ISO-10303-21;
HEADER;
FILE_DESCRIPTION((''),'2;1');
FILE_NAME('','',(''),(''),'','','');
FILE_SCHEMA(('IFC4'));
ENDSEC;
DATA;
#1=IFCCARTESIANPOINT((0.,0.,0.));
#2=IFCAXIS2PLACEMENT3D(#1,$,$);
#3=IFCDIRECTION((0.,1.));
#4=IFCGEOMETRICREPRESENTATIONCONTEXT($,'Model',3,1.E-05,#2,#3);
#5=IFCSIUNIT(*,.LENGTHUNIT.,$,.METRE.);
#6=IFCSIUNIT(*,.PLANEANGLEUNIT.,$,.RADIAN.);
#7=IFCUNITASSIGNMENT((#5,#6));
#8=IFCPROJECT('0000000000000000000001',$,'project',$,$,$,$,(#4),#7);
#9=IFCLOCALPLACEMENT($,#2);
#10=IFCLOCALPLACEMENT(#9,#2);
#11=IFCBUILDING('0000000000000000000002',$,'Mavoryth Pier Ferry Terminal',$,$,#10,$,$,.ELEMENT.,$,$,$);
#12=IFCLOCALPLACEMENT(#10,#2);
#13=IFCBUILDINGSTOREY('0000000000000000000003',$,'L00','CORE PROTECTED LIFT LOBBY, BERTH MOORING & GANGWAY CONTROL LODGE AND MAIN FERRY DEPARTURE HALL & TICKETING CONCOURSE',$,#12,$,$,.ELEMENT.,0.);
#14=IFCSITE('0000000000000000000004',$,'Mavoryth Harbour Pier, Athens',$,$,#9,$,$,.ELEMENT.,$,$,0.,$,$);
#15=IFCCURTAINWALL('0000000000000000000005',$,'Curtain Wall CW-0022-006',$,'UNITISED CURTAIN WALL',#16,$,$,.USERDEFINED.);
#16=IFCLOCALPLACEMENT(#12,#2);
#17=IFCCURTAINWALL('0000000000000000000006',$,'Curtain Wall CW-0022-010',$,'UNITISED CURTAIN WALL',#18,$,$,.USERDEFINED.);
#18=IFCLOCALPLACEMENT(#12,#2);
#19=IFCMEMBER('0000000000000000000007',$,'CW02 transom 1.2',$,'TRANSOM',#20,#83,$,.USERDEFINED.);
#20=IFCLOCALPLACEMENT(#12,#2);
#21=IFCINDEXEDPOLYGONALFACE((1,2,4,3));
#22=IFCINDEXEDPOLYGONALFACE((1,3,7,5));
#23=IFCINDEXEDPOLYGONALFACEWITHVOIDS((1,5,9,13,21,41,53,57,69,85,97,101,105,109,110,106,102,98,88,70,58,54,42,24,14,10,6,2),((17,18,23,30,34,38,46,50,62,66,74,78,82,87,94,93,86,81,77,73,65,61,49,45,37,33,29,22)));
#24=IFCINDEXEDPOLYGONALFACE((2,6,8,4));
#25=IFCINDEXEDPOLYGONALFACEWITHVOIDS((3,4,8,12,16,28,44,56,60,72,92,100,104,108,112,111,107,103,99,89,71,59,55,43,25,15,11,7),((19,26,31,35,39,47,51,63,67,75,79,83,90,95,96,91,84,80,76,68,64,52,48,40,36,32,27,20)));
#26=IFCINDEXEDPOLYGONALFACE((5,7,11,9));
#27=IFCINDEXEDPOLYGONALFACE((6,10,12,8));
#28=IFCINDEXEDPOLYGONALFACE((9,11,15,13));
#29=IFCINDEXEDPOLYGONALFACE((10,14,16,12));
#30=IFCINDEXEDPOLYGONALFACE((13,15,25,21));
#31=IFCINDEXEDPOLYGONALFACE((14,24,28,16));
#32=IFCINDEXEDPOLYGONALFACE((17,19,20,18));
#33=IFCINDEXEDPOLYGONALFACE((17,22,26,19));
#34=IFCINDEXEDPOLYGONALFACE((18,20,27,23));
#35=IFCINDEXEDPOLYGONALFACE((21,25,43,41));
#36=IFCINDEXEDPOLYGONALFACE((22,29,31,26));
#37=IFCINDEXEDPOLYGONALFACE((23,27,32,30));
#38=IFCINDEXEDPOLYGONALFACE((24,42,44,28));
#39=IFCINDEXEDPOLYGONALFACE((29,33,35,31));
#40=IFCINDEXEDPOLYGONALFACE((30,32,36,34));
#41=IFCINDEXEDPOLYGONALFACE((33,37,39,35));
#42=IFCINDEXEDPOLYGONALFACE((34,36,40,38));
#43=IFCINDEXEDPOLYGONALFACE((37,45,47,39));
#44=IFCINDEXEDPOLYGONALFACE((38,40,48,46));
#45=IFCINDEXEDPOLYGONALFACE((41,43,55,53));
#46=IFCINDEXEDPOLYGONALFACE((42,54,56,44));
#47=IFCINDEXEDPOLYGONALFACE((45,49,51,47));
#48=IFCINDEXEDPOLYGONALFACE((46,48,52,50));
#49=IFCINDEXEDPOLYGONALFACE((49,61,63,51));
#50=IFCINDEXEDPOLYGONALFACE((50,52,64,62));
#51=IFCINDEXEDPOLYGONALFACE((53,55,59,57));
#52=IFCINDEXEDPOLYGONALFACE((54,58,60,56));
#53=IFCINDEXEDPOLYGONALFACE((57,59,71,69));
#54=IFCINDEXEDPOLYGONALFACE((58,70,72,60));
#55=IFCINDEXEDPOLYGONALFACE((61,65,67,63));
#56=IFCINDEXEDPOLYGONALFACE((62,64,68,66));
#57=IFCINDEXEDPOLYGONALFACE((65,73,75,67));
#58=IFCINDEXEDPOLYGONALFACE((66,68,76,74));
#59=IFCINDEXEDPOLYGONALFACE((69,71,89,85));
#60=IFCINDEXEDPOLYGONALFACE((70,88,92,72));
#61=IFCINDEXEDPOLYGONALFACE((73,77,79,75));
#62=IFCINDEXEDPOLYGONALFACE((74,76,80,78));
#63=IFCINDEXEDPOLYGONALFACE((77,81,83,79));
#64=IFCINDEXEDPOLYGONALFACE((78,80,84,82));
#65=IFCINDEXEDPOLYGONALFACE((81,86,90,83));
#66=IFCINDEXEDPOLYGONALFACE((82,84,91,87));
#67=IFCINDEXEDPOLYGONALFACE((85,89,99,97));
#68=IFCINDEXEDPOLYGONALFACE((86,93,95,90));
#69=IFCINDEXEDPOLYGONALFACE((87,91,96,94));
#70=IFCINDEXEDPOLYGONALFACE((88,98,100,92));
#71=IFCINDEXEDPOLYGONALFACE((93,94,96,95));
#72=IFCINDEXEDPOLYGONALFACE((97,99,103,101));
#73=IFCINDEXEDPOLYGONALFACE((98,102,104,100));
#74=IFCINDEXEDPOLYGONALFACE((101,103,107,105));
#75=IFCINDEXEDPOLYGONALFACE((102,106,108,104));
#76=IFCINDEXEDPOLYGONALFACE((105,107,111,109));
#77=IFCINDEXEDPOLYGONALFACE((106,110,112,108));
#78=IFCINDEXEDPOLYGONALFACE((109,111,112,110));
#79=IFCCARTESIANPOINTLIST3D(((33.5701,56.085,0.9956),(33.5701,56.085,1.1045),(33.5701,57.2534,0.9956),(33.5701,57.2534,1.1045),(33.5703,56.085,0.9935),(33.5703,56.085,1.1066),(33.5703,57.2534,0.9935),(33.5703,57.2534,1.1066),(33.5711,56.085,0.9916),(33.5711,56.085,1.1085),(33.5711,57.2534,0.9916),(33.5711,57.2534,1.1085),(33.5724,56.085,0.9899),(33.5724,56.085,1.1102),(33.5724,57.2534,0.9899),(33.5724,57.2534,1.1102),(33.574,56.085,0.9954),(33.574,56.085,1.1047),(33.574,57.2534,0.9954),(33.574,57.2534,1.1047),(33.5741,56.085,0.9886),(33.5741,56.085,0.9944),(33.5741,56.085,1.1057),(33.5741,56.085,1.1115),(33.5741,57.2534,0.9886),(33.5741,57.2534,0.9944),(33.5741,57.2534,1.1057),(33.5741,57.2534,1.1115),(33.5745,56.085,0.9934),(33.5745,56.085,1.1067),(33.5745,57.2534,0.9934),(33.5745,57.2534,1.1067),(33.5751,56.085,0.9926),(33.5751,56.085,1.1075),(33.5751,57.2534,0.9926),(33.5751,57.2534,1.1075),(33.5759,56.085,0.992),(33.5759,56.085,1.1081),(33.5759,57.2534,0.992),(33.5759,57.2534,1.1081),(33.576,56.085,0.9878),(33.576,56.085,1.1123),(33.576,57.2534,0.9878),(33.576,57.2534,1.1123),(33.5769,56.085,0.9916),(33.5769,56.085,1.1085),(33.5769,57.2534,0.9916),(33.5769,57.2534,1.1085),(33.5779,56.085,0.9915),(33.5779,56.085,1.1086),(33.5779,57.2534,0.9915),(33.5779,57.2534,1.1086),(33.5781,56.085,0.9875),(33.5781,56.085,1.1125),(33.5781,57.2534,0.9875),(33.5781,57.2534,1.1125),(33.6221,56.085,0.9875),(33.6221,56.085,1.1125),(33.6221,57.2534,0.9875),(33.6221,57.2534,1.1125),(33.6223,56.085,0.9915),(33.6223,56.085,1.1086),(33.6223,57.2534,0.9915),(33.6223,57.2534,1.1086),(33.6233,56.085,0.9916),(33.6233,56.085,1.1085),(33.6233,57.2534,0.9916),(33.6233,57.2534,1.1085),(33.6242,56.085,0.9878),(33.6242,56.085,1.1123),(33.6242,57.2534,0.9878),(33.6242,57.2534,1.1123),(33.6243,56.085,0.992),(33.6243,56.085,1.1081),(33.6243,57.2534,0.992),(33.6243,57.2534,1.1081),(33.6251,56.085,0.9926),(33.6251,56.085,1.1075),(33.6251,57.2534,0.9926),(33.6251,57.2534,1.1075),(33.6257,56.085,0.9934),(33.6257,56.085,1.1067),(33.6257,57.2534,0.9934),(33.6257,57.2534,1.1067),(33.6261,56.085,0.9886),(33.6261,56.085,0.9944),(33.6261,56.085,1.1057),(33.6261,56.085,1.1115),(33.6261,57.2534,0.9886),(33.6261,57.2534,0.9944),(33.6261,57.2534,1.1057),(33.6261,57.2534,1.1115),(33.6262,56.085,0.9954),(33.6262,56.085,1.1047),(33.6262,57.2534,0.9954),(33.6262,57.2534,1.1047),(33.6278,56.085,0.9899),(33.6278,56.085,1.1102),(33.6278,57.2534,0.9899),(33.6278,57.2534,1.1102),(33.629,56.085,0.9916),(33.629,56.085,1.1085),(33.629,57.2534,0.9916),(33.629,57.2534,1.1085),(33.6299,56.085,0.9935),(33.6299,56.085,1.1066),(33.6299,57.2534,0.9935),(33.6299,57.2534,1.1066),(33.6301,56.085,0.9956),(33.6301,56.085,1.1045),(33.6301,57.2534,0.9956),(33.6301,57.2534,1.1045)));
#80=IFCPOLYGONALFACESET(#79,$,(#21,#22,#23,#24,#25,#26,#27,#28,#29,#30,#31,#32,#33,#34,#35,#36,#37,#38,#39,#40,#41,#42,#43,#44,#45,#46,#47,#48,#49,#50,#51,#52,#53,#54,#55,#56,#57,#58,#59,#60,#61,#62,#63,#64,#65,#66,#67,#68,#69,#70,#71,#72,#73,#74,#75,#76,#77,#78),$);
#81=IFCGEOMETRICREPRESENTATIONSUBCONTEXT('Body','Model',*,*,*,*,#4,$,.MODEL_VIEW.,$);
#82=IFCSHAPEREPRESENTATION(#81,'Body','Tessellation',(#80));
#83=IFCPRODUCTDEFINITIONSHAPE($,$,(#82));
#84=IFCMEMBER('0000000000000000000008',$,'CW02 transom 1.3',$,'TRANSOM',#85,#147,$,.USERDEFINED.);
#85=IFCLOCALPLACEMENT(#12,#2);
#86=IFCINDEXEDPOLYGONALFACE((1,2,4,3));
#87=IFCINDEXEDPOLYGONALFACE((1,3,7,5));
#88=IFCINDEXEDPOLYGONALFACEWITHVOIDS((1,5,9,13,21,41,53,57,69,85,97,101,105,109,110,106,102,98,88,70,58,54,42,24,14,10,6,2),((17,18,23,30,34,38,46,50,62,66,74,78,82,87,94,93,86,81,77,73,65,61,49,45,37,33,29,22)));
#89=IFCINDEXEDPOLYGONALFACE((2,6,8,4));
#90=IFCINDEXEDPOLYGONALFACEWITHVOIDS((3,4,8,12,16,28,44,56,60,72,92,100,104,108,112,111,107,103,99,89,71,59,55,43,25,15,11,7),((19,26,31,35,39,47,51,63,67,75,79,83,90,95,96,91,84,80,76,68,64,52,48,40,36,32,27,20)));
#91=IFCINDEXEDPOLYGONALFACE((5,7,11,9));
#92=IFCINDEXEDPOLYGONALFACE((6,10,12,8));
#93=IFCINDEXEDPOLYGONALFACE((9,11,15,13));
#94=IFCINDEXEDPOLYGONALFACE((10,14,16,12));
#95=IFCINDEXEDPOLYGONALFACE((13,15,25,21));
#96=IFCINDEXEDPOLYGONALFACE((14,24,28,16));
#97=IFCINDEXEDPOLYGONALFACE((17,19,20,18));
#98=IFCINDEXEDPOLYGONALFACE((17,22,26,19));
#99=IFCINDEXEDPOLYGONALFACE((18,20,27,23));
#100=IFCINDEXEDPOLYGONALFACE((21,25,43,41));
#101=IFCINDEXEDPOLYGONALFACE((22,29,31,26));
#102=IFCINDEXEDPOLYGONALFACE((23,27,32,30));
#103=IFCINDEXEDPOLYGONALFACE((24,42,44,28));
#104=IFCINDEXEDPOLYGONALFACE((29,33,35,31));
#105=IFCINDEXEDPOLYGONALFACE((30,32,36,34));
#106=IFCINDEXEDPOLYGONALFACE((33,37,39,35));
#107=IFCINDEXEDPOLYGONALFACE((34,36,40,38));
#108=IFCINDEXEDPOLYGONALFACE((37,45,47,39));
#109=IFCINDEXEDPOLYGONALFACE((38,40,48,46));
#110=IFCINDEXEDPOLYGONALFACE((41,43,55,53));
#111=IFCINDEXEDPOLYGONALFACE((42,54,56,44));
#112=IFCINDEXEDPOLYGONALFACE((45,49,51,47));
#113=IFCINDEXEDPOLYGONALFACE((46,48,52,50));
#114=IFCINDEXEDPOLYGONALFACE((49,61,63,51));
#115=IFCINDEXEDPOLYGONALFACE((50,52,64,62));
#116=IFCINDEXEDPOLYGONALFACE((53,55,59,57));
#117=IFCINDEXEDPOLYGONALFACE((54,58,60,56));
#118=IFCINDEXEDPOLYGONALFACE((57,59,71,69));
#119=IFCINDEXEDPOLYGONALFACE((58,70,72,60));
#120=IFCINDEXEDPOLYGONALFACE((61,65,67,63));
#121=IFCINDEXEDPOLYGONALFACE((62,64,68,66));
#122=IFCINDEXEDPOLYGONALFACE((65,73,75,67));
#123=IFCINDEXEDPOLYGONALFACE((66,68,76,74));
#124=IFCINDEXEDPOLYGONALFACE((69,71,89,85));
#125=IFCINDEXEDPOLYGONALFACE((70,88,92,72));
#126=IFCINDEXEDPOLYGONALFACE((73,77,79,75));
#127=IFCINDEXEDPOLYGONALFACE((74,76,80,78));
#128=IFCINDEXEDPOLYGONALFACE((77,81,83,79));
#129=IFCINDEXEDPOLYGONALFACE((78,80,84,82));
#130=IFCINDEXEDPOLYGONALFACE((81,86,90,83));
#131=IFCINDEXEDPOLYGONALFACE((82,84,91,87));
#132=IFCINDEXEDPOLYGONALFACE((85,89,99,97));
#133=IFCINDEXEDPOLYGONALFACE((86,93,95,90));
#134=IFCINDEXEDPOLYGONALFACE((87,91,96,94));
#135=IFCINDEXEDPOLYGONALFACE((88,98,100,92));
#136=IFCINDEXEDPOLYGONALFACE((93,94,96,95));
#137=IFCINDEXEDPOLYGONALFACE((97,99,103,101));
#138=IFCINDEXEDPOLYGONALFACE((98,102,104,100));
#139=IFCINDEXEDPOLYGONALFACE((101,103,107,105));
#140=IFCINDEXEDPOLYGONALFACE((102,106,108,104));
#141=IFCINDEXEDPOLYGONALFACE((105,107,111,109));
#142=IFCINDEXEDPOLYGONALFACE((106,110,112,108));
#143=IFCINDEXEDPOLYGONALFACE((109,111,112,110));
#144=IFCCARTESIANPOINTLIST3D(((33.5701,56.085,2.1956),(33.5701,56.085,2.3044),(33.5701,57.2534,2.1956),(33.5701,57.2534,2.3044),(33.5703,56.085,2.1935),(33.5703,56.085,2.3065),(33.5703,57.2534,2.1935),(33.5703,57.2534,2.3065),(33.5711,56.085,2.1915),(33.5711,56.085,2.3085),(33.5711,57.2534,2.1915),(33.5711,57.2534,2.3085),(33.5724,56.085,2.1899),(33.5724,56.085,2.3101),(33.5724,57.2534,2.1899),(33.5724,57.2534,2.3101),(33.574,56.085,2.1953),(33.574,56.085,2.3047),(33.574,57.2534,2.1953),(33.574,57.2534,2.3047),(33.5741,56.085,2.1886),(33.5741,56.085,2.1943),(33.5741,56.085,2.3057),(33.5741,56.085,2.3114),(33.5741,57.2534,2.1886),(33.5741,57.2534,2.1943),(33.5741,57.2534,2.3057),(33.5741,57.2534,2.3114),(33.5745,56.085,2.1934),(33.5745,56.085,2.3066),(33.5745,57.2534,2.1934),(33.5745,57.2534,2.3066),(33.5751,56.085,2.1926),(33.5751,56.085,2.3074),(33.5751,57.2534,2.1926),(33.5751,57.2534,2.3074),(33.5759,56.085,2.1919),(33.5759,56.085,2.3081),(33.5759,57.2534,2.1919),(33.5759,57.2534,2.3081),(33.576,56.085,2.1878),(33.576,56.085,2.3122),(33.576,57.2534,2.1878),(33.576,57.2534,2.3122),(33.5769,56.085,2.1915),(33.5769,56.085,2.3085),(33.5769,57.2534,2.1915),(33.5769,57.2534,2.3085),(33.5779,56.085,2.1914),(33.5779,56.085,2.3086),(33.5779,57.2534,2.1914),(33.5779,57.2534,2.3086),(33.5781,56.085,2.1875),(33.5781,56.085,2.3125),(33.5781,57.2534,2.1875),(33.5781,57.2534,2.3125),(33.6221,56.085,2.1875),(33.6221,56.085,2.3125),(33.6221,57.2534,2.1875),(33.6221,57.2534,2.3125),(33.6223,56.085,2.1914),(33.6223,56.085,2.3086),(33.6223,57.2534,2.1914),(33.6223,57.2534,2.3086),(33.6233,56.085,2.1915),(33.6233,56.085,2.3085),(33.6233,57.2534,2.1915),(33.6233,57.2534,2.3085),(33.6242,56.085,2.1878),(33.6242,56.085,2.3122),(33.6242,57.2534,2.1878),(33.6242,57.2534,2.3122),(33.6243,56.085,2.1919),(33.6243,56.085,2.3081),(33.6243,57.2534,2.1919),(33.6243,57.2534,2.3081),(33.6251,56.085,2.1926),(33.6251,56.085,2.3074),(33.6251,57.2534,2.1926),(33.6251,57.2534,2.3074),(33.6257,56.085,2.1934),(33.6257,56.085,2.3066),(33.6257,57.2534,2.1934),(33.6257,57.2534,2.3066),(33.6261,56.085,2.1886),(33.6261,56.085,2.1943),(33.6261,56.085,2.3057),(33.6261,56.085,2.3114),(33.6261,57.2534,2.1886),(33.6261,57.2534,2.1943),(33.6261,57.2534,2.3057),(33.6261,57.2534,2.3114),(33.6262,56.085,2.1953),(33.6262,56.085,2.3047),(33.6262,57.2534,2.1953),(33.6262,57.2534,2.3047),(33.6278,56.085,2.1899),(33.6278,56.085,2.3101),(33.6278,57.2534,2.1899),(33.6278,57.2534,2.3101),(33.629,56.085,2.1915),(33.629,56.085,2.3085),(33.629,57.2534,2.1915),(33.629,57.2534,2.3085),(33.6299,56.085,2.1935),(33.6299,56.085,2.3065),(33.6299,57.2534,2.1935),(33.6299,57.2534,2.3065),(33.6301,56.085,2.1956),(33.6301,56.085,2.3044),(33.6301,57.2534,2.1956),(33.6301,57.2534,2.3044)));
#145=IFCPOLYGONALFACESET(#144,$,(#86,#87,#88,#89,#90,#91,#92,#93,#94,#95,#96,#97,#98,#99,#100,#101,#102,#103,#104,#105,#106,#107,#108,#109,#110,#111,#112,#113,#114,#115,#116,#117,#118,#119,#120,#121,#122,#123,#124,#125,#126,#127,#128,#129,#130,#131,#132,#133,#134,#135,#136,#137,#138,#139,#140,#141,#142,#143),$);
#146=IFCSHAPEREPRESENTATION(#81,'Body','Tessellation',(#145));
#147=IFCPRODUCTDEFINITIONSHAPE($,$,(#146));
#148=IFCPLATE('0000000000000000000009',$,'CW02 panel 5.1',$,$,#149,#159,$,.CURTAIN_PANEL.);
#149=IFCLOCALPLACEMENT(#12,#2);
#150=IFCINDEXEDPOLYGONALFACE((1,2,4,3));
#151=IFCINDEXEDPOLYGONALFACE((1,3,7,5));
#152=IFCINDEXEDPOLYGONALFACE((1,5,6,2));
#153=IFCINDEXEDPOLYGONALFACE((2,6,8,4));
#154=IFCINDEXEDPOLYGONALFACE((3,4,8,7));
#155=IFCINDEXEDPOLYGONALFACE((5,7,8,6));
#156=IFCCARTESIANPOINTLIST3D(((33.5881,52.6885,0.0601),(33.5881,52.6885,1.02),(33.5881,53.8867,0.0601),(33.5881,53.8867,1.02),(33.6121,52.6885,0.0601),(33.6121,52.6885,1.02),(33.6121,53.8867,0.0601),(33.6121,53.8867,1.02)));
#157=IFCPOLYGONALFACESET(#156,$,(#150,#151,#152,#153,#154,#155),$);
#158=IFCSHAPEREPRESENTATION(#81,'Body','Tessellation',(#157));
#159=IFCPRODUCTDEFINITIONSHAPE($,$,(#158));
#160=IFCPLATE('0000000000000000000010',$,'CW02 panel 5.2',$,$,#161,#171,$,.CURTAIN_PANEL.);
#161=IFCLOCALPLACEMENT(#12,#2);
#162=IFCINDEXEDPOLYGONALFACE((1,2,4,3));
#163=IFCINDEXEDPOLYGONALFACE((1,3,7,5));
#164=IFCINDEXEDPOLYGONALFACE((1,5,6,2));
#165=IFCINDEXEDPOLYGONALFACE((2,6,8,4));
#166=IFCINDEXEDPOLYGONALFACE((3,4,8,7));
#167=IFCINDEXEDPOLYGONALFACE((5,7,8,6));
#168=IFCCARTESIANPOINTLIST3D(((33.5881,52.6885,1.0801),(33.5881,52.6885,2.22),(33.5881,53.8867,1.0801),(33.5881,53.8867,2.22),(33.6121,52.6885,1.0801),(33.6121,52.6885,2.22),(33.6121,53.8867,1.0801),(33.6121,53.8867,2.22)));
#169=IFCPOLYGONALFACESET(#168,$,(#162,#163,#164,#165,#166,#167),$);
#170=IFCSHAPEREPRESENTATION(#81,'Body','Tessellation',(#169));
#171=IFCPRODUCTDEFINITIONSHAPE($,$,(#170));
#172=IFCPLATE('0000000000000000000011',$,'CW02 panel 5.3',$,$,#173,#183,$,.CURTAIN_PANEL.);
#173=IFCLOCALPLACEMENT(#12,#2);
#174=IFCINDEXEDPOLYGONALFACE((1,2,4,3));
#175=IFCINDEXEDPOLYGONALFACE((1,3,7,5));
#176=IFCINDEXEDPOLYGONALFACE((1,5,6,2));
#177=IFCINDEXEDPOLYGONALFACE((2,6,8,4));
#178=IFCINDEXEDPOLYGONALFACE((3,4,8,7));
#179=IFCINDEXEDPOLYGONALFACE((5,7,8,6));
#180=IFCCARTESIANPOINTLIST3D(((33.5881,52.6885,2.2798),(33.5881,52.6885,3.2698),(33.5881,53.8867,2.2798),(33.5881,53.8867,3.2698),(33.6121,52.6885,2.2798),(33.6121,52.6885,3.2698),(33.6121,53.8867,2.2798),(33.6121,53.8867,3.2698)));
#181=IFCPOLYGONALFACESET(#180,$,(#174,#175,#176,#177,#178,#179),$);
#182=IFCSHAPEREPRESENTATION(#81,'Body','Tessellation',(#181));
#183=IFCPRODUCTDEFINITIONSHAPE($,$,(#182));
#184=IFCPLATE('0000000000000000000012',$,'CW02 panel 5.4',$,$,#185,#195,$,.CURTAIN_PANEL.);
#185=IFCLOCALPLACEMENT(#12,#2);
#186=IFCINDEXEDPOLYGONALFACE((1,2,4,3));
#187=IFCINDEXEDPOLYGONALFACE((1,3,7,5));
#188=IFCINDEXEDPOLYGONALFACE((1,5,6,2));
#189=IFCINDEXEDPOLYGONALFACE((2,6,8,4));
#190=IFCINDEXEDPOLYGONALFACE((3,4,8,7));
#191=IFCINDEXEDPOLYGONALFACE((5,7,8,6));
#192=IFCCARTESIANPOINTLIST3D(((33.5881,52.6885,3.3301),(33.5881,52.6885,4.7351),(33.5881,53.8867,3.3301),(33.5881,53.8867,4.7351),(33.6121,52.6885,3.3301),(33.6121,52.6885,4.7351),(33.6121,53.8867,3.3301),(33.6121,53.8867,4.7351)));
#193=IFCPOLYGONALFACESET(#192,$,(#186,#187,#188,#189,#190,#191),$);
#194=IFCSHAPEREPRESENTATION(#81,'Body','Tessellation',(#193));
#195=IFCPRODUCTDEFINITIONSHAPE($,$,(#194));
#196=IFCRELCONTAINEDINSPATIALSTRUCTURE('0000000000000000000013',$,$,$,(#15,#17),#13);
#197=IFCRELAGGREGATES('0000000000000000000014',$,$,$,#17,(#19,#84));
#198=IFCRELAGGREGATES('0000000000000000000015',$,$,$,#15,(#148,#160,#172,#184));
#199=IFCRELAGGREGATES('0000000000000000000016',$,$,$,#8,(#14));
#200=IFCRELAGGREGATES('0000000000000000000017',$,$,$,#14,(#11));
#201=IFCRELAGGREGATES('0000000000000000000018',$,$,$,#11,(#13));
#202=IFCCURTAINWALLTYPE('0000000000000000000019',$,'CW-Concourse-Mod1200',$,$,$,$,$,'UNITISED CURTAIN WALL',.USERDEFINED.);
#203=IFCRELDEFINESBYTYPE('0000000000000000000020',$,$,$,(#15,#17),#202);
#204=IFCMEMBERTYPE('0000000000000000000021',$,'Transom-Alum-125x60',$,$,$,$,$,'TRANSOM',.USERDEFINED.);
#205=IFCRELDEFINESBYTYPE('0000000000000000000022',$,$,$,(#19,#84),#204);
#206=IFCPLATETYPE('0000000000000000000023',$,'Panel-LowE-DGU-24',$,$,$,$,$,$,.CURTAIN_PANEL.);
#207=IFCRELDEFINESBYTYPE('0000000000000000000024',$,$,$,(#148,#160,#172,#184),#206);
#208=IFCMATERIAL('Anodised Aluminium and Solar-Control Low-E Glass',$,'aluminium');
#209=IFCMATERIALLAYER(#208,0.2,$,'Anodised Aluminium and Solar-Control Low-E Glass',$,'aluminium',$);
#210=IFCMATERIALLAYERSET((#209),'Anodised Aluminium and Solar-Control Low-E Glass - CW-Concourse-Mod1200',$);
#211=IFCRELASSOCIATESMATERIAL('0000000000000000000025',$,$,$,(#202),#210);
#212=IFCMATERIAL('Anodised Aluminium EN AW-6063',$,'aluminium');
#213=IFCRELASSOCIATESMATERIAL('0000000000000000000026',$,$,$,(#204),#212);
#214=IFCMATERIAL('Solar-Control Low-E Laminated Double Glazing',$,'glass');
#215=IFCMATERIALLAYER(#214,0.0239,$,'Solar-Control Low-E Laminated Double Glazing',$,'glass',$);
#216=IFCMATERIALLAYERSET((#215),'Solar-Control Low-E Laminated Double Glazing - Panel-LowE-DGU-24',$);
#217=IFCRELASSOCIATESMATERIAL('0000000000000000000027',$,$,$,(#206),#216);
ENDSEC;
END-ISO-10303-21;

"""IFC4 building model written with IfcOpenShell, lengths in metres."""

from ifc_helpers import new_model, si_unit, direction, frame, origin, origin_2d, place, context, subcontext, project, spatial, rectangle, hollow_rectangle, extrude, material, layer, layer_set, material_profile, profile_set, type_object, element, aggregate, save


model = new_model("IFC4")

# Units and contexts
model_context = context("Model", 3, precision=1e-05, world=origin(), true_north=direction((0.0, 1.0)))
body_context = subcontext(model_context, "Body", "Model", "MODEL_VIEW")
ifc_project = project(units=[si_unit("LENGTHUNIT", "METRE"), si_unit("PLANEANGLEUNIT", "RADIAN")], contexts=[model_context])

# Site, building, storey
site_placement = place(None, origin())
site = spatial("IfcSite", under=ifc_project, at=site_placement, Name="Mavoryth Harbour Pier, Athens", CompositionType="ELEMENT", RefElevation=0.0)
building_placement = place(site_placement, origin())
building = spatial("IfcBuilding", under=site, at=building_placement, Name="Mavoryth Pier Ferry Terminal", CompositionType="ELEMENT")
storey_placement = place(building_placement, origin())
storey = spatial("IfcBuildingStorey", under=building, at=storey_placement, Name="L00", Description="CORE PROTECTED LIFT LOBBY, BERTH MOORING & GANGWAY CONTROL LODGE AND MAIN FERRY DEPARTURE HALL & TICKETING CONCOURSE", CompositionType="ELEMENT", Elevation=0.0)

# Curtain wall
ifc_material_1 = material(Name="Anodised Aluminium and Solar-Control Low-E Glass", Category="aluminium")
ifc_layer_1 = layer(ifc_material_1, 0.2, Name="Anodised Aluminium and Solar-Control Low-E Glass", Category="aluminium")
ifc_layer_set_1 = layer_set([ifc_layer_1], Name="Anodised Aluminium and Solar-Control Low-E Glass - CW-Concourse-Mod1200")
curtain_wall_type = type_object("IfcCurtainWallType", Name="CW-Concourse-Mod1200", ElementType="UNITISED CURTAIN WALL", PredefinedType="USERDEFINED", material=ifc_layer_set_1)
curtain_wall_1_placement = place(storey_placement, origin())
curtain_wall_1 = element("IfcCurtainWall", 1, at=curtain_wall_1_placement, inside=storey, type_object=curtain_wall_type, Name="Curtain Wall CW-0022-006", ObjectType="UNITISED CURTAIN WALL", PredefinedType="USERDEFINED")
ifc_material_2 = material(Name="Anodised Aluminium EN AW-6063", Category="aluminium")

# Curtain wall
curtain_wall_2_placement = place(storey_placement, origin())
curtain_wall_2 = element("IfcCurtainWall", 2, at=curtain_wall_2_placement, inside=storey, type_object=curtain_wall_type, Name="Curtain Wall CW-0022-010", ObjectType="UNITISED CURTAIN WALL", PredefinedType="USERDEFINED")

# Members
ifc_material_profile_1 = material_profile(ifc_material_2, hollow_rectangle(XDim=0.0601, YDim=0.125, WallThickness=0.0039, InnerFilletRadius=0.0039, OuterFilletRadius=0.0081, at=origin_2d()), Name="AL-TRAN 125x60x4", Category="aluminium")
ifc_profile_set_1 = profile_set([ifc_material_profile_1], Name="Anodised Aluminium EN AW-6063 - AL-TRAN 125x60x4")
member_type_1 = type_object("IfcMemberType", Name="Transom-Alum-125x60", ElementType="TRANSOM", PredefinedType="USERDEFINED", material=ifc_profile_set_1)
member_1_placement = place(storey_placement, frame((33.6001, 56.085, 1.05), z_axis=(0.0, 1.0, 0.0), x_axis=(-1.0, 0.0, 0.0)))
member_1 = element("IfcMember", 3, at=member_1_placement, type_object=member_type_1, Name="CW02 transom 1.2", ObjectType="TRANSOM", PredefinedType="USERDEFINED", context=body_context, shape_type="SweptSolid", body=[
    extrude(hollow_rectangle(XDim=0.0601, YDim=0.125, WallThickness=0.0039, InnerFilletRadius=0.0039, OuterFilletRadius=0.0081, at=origin_2d()), origin(), (0.0, 0.0, 1.0), 1.1685),
])
member_2_placement = place(storey_placement, frame((33.6001, 56.085, 2.25), z_axis=(0.0, 1.0, 0.0), x_axis=(-1.0, 0.0, 0.0)))
member_2 = element("IfcMember", 4, at=member_2_placement, type_object=member_type_1, Name="CW02 transom 1.3", ObjectType="TRANSOM", PredefinedType="USERDEFINED", context=body_context, shape_type="SweptSolid", body=[
    extrude(hollow_rectangle(XDim=0.0601, YDim=0.125, WallThickness=0.0039, InnerFilletRadius=0.0039, OuterFilletRadius=0.0081, at=origin_2d()), origin(), (0.0, 0.0, 1.0), 1.1685),
])
aggregate(curtain_wall_2, [member_1, member_2])

# Plates
ifc_material_3 = material(Name="Solar-Control Low-E Laminated Double Glazing", Category="glass")
ifc_layer_2 = layer(ifc_material_3, 0.0239, Name="Solar-Control Low-E Laminated Double Glazing", Category="glass")
ifc_layer_set_2 = layer_set([ifc_layer_2], Name="Solar-Control Low-E Laminated Double Glazing - Panel-LowE-DGU-24")
plate_type = type_object("IfcPlateType", Name="Panel-LowE-DGU-24", PredefinedType="CURTAIN_PANEL", material=ifc_layer_set_2)
plate_1_placement = place(storey_placement, frame((33.6001, 53.2876, 0.0601), z_axis=(0.0, 0.0, 1.0), x_axis=(0.0, 1.0, 0.0)))
plate_1 = element("IfcPlate", 5, at=plate_1_placement, type_object=plate_type, Name="CW02 panel 5.1", PredefinedType="CURTAIN_PANEL", context=body_context, shape_type="SweptSolid", body=[
    extrude(rectangle(XDim=1.1982, YDim=0.0239, at=origin_2d()), origin(), (0.0, 0.0, 1.0), 0.96),
])
plate_2_placement = place(storey_placement, frame((33.6001, 53.2876, 1.0801), z_axis=(0.0, 0.0, 1.0), x_axis=(0.0, 1.0, 0.0)))
plate_2 = element("IfcPlate", 6, at=plate_2_placement, type_object=plate_type, Name="CW02 panel 5.2", PredefinedType="CURTAIN_PANEL", context=body_context, shape_type="SweptSolid", body=[
    extrude(rectangle(XDim=1.1982, YDim=0.0239, at=origin_2d()), origin(), (0.0, 0.0, 1.0), 1.1399),
])
plate_3_placement = place(storey_placement, frame((33.6001, 53.2876, 2.2798), z_axis=(0.0, 0.0, 1.0), x_axis=(0.0, 1.0, 0.0)))
plate_3 = element("IfcPlate", 7, at=plate_3_placement, type_object=plate_type, Name="CW02 panel 5.3", PredefinedType="CURTAIN_PANEL", context=body_context, shape_type="SweptSolid", body=[
    extrude(rectangle(XDim=1.1982, YDim=0.0239, at=origin_2d()), origin(), (0.0, 0.0, 1.0), 0.99),
])
plate_4_placement = place(storey_placement, frame((33.6001, 53.2876, 3.3301), z_axis=(0.0, 0.0, 1.0), x_axis=(0.0, 1.0, 0.0)))
plate_4 = element("IfcPlate", 8, at=plate_4_placement, type_object=plate_type, Name="CW02 panel 5.4", PredefinedType="CURTAIN_PANEL", context=body_context, shape_type="SweptSolid", body=[
    extrude(rectangle(XDim=1.1982, YDim=0.0239, at=origin_2d()), origin(), (0.0, 0.0, 1.0), 1.405),
])
aggregate(curtain_wall_1, [plate_1, plate_2, plate_3, plate_4])

save(model, "model.ifc")
